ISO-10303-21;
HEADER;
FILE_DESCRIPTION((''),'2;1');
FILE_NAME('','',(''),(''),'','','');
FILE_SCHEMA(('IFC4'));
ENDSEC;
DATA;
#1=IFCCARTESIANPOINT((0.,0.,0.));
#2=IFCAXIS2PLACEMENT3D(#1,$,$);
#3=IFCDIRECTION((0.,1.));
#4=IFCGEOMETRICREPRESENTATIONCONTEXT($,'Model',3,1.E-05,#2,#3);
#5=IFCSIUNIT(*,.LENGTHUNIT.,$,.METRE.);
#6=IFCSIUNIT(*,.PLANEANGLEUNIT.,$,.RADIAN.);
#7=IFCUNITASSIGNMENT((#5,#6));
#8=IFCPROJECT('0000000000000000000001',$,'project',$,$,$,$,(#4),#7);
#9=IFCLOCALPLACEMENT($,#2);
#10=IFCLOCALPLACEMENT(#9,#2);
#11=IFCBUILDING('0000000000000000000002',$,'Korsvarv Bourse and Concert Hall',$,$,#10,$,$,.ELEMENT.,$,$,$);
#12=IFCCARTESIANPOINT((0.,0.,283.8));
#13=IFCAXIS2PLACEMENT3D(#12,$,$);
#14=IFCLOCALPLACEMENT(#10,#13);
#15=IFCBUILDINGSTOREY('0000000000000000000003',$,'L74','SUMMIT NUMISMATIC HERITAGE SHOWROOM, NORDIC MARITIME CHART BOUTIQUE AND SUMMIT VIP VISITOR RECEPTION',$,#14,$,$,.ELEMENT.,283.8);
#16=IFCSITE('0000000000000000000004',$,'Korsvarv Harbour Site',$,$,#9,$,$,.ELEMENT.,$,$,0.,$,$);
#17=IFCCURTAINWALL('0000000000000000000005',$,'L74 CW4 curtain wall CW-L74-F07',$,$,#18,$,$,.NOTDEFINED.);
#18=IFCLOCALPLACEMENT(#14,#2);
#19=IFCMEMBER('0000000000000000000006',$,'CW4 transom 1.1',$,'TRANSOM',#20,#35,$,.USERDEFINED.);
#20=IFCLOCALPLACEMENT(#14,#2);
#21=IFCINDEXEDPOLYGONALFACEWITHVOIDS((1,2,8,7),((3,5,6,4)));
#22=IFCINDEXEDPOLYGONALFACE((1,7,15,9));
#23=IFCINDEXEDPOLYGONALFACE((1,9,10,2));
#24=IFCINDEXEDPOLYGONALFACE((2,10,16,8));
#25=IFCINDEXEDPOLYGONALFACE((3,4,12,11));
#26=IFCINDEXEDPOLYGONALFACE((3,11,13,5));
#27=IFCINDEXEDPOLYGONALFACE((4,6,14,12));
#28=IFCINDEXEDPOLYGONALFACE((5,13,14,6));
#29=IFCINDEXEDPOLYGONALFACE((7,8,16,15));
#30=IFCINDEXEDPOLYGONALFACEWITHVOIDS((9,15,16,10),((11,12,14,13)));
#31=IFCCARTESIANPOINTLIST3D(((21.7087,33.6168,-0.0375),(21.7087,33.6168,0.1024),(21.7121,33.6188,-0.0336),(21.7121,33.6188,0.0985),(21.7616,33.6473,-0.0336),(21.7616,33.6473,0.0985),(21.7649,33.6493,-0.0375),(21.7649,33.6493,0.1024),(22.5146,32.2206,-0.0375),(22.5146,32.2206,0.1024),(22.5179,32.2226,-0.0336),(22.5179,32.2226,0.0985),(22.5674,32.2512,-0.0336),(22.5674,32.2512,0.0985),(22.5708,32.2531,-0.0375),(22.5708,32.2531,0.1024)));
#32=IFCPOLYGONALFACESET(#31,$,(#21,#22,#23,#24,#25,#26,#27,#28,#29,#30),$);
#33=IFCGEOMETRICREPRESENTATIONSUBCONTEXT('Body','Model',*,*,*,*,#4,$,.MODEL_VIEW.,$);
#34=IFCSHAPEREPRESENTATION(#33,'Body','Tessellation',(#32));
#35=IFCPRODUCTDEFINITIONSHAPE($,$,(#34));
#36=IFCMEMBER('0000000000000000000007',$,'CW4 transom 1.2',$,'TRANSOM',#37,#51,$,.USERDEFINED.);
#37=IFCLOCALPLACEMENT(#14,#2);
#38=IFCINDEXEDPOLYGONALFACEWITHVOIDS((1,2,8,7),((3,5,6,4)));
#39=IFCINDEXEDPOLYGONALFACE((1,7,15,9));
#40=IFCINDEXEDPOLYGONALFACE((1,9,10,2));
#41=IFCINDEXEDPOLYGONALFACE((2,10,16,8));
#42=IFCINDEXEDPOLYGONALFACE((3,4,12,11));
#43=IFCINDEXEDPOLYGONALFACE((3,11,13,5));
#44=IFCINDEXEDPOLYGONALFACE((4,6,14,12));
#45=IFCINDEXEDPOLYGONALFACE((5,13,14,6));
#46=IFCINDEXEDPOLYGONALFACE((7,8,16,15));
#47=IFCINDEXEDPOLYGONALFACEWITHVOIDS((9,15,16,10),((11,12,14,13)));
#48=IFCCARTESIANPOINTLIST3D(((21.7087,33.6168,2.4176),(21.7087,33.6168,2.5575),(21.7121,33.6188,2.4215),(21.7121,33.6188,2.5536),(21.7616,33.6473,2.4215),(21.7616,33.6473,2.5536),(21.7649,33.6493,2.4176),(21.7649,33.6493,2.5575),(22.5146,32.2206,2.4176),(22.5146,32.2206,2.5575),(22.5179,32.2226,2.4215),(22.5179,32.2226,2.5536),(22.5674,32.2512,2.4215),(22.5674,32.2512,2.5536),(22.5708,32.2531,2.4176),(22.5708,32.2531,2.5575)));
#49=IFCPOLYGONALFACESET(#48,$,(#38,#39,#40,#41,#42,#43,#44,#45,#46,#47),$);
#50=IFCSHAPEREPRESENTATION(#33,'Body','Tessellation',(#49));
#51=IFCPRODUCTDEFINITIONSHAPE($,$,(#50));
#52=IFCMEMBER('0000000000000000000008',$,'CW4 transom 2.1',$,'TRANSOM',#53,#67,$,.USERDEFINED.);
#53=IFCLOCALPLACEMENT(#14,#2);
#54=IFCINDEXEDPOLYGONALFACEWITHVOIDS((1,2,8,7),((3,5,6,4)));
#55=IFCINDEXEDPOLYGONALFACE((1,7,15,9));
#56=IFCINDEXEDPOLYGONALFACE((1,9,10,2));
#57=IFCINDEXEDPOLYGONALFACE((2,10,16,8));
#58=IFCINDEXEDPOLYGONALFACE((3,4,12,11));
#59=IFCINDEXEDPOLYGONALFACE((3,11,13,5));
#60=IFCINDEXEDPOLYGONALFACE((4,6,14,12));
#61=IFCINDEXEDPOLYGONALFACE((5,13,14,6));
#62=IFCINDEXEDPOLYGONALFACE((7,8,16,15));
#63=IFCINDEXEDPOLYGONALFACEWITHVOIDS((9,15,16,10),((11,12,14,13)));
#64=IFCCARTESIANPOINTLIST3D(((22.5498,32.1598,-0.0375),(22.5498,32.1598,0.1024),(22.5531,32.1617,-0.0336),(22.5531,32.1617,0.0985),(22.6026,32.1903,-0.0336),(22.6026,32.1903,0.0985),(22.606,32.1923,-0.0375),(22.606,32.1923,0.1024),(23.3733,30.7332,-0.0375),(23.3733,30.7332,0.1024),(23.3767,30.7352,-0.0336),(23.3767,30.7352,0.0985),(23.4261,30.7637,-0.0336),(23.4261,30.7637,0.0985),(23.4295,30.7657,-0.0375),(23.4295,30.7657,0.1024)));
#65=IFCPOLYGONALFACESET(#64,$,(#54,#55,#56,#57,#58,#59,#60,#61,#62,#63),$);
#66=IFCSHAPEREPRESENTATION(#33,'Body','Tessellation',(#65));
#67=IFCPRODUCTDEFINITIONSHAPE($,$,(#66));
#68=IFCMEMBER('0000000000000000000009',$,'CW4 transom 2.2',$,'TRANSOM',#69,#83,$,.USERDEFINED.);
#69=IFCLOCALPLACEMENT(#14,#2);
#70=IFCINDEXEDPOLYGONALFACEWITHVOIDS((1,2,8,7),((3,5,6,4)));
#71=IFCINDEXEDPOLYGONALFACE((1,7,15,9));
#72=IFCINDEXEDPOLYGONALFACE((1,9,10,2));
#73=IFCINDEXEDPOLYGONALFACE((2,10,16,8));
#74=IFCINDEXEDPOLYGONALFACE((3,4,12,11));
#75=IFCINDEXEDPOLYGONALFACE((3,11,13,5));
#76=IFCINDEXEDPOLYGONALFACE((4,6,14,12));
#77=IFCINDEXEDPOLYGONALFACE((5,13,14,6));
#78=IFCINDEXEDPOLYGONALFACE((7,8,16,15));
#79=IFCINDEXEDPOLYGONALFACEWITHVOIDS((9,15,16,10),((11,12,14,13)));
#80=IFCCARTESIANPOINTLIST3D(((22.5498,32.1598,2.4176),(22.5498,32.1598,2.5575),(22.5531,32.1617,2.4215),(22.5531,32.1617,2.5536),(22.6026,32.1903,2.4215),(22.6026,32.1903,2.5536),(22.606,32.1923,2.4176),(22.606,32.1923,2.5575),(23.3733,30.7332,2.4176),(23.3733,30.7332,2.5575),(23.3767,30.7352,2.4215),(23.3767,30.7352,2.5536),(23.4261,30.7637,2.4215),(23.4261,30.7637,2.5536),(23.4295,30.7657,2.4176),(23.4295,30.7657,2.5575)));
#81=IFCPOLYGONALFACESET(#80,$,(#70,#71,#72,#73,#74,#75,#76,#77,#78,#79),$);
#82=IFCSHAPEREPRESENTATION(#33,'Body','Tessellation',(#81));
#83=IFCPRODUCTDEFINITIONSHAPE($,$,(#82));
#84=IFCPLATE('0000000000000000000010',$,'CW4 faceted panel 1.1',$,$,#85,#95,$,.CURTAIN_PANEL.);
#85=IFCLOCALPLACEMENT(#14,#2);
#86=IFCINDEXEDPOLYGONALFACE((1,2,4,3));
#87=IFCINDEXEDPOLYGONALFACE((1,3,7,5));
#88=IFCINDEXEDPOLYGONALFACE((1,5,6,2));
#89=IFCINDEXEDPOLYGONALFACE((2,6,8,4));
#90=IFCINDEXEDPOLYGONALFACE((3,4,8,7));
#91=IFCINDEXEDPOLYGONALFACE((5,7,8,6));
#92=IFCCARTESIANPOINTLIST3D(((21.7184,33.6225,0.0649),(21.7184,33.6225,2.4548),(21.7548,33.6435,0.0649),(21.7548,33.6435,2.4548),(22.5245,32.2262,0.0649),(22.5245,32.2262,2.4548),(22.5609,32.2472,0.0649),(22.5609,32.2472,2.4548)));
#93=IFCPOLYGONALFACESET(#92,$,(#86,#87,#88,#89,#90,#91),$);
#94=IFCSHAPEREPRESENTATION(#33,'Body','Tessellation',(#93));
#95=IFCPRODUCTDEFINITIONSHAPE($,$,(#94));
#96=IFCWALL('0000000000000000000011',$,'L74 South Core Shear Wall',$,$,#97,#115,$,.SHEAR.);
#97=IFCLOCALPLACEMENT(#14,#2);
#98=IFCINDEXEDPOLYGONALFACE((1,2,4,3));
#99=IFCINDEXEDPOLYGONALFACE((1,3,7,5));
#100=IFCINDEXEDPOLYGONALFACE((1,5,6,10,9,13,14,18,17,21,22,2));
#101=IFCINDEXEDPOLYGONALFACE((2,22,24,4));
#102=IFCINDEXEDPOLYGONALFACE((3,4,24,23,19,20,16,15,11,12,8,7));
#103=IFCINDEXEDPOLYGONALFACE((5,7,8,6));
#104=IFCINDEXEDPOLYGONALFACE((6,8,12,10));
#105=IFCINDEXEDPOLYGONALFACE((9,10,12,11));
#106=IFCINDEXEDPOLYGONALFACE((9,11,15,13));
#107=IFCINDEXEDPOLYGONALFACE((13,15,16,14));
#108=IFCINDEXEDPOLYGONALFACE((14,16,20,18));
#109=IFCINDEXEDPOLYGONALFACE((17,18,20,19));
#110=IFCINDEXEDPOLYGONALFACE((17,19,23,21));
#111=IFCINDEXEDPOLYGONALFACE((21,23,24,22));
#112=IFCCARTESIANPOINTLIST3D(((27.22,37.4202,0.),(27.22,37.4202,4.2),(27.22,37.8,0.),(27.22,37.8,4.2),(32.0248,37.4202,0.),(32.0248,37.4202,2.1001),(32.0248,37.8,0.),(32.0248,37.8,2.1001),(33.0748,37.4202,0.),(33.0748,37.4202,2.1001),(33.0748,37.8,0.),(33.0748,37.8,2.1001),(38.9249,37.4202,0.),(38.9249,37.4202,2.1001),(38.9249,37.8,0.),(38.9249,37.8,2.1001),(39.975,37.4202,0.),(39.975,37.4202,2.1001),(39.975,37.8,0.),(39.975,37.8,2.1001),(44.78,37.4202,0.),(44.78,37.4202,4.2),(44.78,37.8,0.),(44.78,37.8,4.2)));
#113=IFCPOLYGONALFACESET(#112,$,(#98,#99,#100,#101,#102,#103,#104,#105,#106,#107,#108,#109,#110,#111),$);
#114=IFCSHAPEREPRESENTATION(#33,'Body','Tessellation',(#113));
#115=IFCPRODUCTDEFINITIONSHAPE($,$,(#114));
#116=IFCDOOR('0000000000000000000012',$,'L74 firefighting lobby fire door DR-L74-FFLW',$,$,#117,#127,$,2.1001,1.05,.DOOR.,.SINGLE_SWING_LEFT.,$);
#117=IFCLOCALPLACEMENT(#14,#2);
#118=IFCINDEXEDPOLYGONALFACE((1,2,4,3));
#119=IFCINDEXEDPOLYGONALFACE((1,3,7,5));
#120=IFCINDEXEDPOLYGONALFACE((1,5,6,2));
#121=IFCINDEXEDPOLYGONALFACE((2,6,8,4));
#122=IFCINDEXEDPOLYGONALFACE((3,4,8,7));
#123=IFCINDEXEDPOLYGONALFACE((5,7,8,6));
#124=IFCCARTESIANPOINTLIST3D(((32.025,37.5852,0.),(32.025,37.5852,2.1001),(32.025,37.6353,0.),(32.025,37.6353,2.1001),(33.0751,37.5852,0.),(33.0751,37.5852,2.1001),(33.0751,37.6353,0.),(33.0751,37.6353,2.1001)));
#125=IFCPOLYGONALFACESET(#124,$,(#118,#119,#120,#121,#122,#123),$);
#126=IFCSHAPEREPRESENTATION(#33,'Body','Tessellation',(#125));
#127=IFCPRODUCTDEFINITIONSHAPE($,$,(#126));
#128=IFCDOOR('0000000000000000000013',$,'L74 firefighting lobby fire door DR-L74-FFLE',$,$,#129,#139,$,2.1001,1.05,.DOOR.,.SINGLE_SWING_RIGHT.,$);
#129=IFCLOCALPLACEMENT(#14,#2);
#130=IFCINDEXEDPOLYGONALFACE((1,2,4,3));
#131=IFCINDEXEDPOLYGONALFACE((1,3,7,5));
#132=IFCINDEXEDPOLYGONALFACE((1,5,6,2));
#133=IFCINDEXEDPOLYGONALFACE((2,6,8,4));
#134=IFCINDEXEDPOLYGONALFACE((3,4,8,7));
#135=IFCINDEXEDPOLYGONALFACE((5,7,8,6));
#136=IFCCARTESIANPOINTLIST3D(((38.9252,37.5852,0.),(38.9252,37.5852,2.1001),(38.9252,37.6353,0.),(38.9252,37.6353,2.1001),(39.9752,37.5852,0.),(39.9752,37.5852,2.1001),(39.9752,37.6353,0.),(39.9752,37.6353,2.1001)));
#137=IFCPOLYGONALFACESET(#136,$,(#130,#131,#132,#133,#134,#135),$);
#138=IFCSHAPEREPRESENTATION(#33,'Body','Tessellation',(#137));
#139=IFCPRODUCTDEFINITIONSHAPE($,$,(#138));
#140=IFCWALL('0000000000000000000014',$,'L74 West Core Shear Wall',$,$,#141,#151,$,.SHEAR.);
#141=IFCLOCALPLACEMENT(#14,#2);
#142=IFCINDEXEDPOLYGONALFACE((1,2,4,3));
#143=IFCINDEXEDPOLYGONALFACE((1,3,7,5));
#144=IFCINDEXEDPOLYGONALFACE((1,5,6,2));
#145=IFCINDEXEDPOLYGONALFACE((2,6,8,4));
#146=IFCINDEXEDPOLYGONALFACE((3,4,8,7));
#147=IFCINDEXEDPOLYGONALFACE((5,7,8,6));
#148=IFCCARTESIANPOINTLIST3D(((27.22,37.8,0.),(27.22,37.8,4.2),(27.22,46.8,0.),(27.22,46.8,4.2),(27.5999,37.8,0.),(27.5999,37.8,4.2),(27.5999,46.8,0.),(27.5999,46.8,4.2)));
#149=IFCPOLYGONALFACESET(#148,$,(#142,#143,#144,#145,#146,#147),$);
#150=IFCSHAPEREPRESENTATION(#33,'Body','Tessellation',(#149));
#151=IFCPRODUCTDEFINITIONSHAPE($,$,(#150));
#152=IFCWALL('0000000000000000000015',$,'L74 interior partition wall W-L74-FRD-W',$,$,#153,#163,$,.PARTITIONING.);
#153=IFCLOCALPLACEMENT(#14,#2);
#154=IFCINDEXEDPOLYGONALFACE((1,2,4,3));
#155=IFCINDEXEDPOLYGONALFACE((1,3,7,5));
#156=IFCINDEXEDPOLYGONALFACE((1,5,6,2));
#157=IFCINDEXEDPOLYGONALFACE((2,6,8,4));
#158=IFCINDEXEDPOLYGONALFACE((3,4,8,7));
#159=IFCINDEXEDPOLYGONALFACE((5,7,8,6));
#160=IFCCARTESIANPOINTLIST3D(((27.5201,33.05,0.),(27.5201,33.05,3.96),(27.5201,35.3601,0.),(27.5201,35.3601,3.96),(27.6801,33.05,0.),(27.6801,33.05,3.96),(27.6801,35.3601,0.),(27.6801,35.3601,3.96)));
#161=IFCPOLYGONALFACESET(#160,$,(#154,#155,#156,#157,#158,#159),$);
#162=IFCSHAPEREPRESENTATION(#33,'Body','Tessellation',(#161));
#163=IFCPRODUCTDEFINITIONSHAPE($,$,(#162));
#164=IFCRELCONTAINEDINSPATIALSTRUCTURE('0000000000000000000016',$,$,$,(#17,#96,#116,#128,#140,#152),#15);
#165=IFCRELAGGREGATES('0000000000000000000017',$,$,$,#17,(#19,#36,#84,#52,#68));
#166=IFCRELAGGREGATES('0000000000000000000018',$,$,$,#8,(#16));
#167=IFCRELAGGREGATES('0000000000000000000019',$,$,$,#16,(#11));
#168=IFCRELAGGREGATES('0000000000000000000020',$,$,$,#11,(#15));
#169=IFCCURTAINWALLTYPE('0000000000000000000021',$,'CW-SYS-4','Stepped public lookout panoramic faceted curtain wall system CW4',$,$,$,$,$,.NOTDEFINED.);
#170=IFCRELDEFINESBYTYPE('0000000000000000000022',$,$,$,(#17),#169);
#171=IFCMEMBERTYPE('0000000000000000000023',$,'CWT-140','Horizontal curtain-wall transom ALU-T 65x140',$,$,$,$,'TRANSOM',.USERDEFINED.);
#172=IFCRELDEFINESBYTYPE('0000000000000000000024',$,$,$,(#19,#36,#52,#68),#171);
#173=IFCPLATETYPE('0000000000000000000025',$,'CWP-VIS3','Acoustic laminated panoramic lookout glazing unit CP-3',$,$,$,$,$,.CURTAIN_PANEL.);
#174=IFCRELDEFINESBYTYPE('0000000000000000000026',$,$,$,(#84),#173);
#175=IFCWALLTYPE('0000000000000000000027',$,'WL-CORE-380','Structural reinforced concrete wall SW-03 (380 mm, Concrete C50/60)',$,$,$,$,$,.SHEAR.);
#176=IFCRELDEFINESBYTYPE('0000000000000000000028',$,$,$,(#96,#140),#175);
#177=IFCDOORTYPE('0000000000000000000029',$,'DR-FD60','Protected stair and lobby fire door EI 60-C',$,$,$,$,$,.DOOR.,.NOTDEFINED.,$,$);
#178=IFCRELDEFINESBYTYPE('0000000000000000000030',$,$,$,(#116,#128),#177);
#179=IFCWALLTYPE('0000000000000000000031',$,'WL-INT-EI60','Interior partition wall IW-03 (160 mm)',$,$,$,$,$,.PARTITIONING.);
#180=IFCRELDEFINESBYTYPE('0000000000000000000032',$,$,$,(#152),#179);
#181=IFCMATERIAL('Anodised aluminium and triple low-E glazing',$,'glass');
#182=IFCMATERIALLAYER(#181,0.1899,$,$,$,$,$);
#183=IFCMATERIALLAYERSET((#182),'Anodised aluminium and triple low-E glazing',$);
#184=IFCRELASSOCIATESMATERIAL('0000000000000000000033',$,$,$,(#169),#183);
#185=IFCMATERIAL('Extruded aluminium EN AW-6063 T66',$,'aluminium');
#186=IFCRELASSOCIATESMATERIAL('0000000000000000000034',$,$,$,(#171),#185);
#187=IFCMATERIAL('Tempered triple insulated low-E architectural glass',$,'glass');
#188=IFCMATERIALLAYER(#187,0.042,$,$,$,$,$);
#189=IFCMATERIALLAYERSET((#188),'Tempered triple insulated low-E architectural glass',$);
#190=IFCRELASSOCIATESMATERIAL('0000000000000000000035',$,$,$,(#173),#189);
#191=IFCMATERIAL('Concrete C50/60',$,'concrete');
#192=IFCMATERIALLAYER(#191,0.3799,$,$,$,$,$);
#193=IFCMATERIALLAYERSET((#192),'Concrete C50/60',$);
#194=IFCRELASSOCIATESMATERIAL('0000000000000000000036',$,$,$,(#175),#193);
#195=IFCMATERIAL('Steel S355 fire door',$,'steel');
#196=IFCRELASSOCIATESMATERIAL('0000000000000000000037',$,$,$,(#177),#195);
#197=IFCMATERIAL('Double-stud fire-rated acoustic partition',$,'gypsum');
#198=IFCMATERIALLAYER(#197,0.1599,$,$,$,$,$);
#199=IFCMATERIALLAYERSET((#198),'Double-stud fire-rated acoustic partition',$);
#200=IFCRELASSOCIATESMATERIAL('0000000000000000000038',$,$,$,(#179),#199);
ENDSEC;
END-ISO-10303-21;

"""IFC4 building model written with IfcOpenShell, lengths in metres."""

from ifc_helpers import new_model, si_unit, direction, frame, frame_2d, origin, origin_2d, place, context, subcontext, project, spatial, rectangle, hollow_rectangle, extrude, source, transform, mapped, material, layer, layer_set, material_profile, profile_set, type_object, element, fill, aggregate, save


model = new_model("IFC4")

# Units and contexts
model_context = context("Model", 3, precision=1e-05, world=origin(), true_north=direction((0.0, 1.0)))
body_context = subcontext(model_context, "Body", "Model", "MODEL_VIEW")
ifc_project = project(units=[si_unit("LENGTHUNIT", "METRE"), si_unit("PLANEANGLEUNIT", "RADIAN")], contexts=[model_context])

# Site, building, storey
site_placement = place(None, origin())
site = spatial("IfcSite", under=ifc_project, at=site_placement, Name="Korsvarv Harbour Site", CompositionType="ELEMENT", RefElevation=0.0)
building_placement = place(site_placement, origin())
building = spatial("IfcBuilding", under=site, at=building_placement, Name="Korsvarv Bourse and Concert Hall", CompositionType="ELEMENT")
storey_placement = place(building_placement, frame((0.0, 0.0, 283.8)))
storey = spatial("IfcBuildingStorey", under=building, at=storey_placement, Name="L74", Description="SUMMIT NUMISMATIC HERITAGE SHOWROOM, NORDIC MARITIME CHART BOUTIQUE AND SUMMIT VIP VISITOR RECEPTION", CompositionType="ELEMENT", Elevation=283.8)

# Shared definitions
ifc_material_1 = material(Name="Concrete C50/60", Category="concrete")

# Curtain wall, members, plate
ifc_material_2 = material(Name="Anodised aluminium and triple low-E glazing", Category="glass")
ifc_layer_1 = layer(ifc_material_2, 0.1899)
ifc_layer_set_1 = layer_set([ifc_layer_1], Name="Anodised aluminium and triple low-E glazing")
curtain_wall_type = type_object("IfcCurtainWallType", Name="CW-SYS-4", Description="Stepped public lookout panoramic faceted curtain wall system CW4", PredefinedType="NOTDEFINED", material=ifc_layer_set_1)
curtain_wall_placement = place(storey_placement, origin())
curtain_wall = element("IfcCurtainWall", 1, at=curtain_wall_placement, inside=storey, type_object=curtain_wall_type, Name="L74 CW4 curtain wall CW-L74-F07", PredefinedType="NOTDEFINED")
ifc_material_3 = material(Name="Extruded aluminium EN AW-6063 T66", Category="aluminium")
ifc_material_profile_1 = material_profile(ifc_material_3, hollow_rectangle(XDim=0.0649, YDim=0.1399, WallThickness=0.0039, at=origin_2d()), Name="ALU-T 65x140")
ifc_profile_set_1 = profile_set([ifc_material_profile_1], Name="Extruded aluminium EN AW-6063 T66")
member_type_1 = type_object("IfcMemberType", Name="CWT-140", Description="Horizontal curtain-wall transom ALU-T 65x140", ElementType="TRANSOM", PredefinedType="USERDEFINED", material=ifc_profile_set_1)
shared_shape_1 = source(origin(), body_context, "Body", "SweptSolid", [
    extrude(hollow_rectangle(XDim=0.0649, YDim=0.1399, WallThickness=0.0039, at=origin_2d()), origin(), (0.0, 0.0, 1.0), 1.6121),
])
member_1_placement = place(storey_placement, frame((21.7368, 33.6331, 0.0325), z_axis=(0.499902, -0.866082, 0.0), x_axis=(0.866082, 0.499902, 0.0)))
member_1 = element("IfcMember", 2, at=member_1_placement, type_object=member_type_1, Name="CW4 transom 1.1", ObjectType="TRANSOM", PredefinedType="USERDEFINED", context=body_context, shape_type="MappedRepresentation", body=[
    mapped(shared_shape_1, transform((0.0, 0.0, 0.0), scale=1.0)),
])
member_2_placement = place(storey_placement, frame((21.7368, 33.6331, 2.4875), z_axis=(0.499902, -0.866082, 0.0), x_axis=(0.866082, 0.499902, 0.0)))
member_2 = element("IfcMember", 3, at=member_2_placement, type_object=member_type_1, Name="CW4 transom 1.2", ObjectType="TRANSOM", PredefinedType="USERDEFINED", context=body_context, shape_type="MappedRepresentation", body=[
    mapped(shared_shape_1, transform((0.0, 0.0, 0.0), scale=1.0)),
])
shared_shape_2 = source(origin(), body_context, "Body", "SweptSolid", [
    extrude(hollow_rectangle(XDim=0.0649, YDim=0.1399, WallThickness=0.0039, at=origin_2d()), origin(), (0.0, 0.0, 1.0), 1.6472),
])
member_3_placement = place(storey_placement, frame((22.5779, 32.176, 0.0325), z_axis=(0.499949, -0.866055, 0.0), x_axis=(0.866055, 0.499949, 0.0)))
member_3 = element("IfcMember", 4, at=member_3_placement, type_object=member_type_1, Name="CW4 transom 2.1", ObjectType="TRANSOM", PredefinedType="USERDEFINED", context=body_context, shape_type="MappedRepresentation", body=[
    mapped(shared_shape_2, transform((0.0, 0.0, 0.0), scale=1.0)),
])
member_4_placement = place(storey_placement, frame((22.5779, 32.176, 2.4875), z_axis=(0.499949, -0.866055, 0.0), x_axis=(0.866055, 0.499949, 0.0)))
member_4 = element("IfcMember", 5, at=member_4_placement, type_object=member_type_1, Name="CW4 transom 2.2", ObjectType="TRANSOM", PredefinedType="USERDEFINED", context=body_context, shape_type="MappedRepresentation", body=[
    mapped(shared_shape_2, transform((0.0, 0.0, 0.0), scale=1.0)),
])
ifc_material_4 = material(Name="Tempered triple insulated low-E architectural glass", Category="glass")
ifc_layer_2 = layer(ifc_material_4, 0.042)
ifc_layer_set_2 = layer_set([ifc_layer_2], Name="Tempered triple insulated low-E architectural glass")
plate_type = type_object("IfcPlateType", Name="CWP-VIS3", Description="Acoustic laminated panoramic lookout glazing unit CP-3", PredefinedType="CURTAIN_PANEL", material=ifc_layer_set_2)
shared_shape_3 = source(origin(), body_context, "Body", "SweptSolid", [
    extrude(rectangle(XDim=1.6123, YDim=0.042, at=origin_2d()), origin(), (0.0, 0.0, 1.0), 2.3899),
])
plate_placement = place(storey_placement, frame((22.1396, 32.9348, 0.0649), z_axis=(0.0, 0.0, 1.0), x_axis=(0.499996, -0.866028, 0.0)))
plate = element("IfcPlate", 6, at=plate_placement, type_object=plate_type, Name="CW4 faceted panel 1.1", PredefinedType="CURTAIN_PANEL", context=body_context, shape_type="MappedRepresentation", body=[
    mapped(shared_shape_3, transform((0.0, 0.0, 0.0), scale=1.0)),
])
aggregate(curtain_wall, [member_1, member_2, plate, member_3, member_4])

# Wall, openings, doors
ifc_layer_3 = layer(ifc_material_1, 0.3799)
ifc_layer_set_3 = layer_set([ifc_layer_3], Name="Concrete C50/60")
wall_type_1 = type_object("IfcWallType", Name="WL-CORE-380", Description="Structural reinforced concrete wall SW-03 (380 mm, Concrete C50/60)", PredefinedType="SHEAR", material=ifc_layer_set_3)
wall_1_placement = place(storey_placement, frame((27.22, 37.6101, 0.0), z_axis=(0.0, 0.0, 1.0), x_axis=(1.0, 0.0, 0.0)))
wall_1 = element("IfcWall", 7, at=wall_1_placement, inside=storey, type_object=wall_type_1, Name="L74 South Core Shear Wall", PredefinedType="SHEAR", context=body_context, shape_type="SweptSolid", body=[
    extrude(rectangle(XDim=17.5601, YDim=0.3799, at=frame_2d((8.78, 0.0))), origin(), (0.0, 0.0, 1.0), 4.2),
])
opening_1_placement = place(wall_1_placement, frame((4.8049, 0.0, 0.0)))
opening_1 = element("IfcOpeningElement", 8, at=opening_1_placement, cuts=wall_1, PredefinedType="OPENING", context=body_context, shape_type="SweptSolid", body=[
    extrude(rectangle(XDim=1.05, YDim=2.1001, at=frame_2d((0.5249, 1.05))), frame((0.0, 0.2, 0.0), z_axis=(0.0, -1.0, 0.0), x_axis=(1.0, 0.0, 0.0)), (0.0, 0.0, 1.0), 0.3999),
])
opening_2_placement = place(wall_1_placement, frame((11.7051, 0.0, 0.0)))
opening_2 = element("IfcOpeningElement", 9, at=opening_2_placement, cuts=wall_1, PredefinedType="OPENING", context=body_context, shape_type="SweptSolid", body=[
    extrude(rectangle(XDim=1.05, YDim=2.1001, at=frame_2d((0.5249, 1.05))), frame((0.0, 0.2, 0.0), z_axis=(0.0, -1.0, 0.0), x_axis=(1.0, 0.0, 0.0)), (0.0, 0.0, 1.0), 0.3999),
])
ifc_material_5 = material(Name="Steel S355 fire door", Category="steel")
door_type = type_object("IfcDoorType", Name="DR-FD60", Description="Protected stair and lobby fire door EI 60-C", OperationType="NOTDEFINED", PredefinedType="DOOR", material=ifc_material_5)
door_1_placement = place(opening_1_placement, frame((1.05, 0.0, 0.0), z_axis=(0.0, 0.0, 1.0), x_axis=(-1.0, 0.0, 0.0)))
door_1 = element("IfcDoor", 10, at=door_1_placement, inside=storey, type_object=door_type, Name="L74 firefighting lobby fire door DR-L74-FFLW", OperationType="SINGLE_SWING_LEFT", OverallHeight=2.1001, OverallWidth=1.05, PredefinedType="DOOR", context=body_context, shape_type="SweptSolid", body=[
    extrude(rectangle(XDim=1.05, YDim=2.1001, at=frame_2d((0.5249, 1.05))), frame((0.0, 0.0249, 0.0), z_axis=(0.0, -1.0, 0.0), x_axis=(1.0, 0.0, 0.0)), (0.0, 0.0, 1.0), 0.05),
])
fill(opening_1, door_1)
door_2_placement = place(opening_2_placement, frame((1.05, 0.0, 0.0), z_axis=(0.0, 0.0, 1.0), x_axis=(-1.0, 0.0, 0.0)))
door_2 = element("IfcDoor", 11, at=door_2_placement, inside=storey, type_object=door_type, Name="L74 firefighting lobby fire door DR-L74-FFLE", OperationType="SINGLE_SWING_RIGHT", OverallHeight=2.1001, OverallWidth=1.05, PredefinedType="DOOR", context=body_context, shape_type="SweptSolid", body=[
    extrude(rectangle(XDim=1.05, YDim=2.1001, at=frame_2d((0.5249, 1.05))), frame((0.0, 0.0249, 0.0), z_axis=(0.0, -1.0, 0.0), x_axis=(1.0, 0.0, 0.0)), (0.0, 0.0, 1.0), 0.05),
])
fill(opening_2, door_2)

# Walls
wall_2_placement = place(storey_placement, frame((27.4099, 37.8, 0.0), z_axis=(0.0, 0.0, 1.0), x_axis=(0.0, 1.0, 0.0)))
element("IfcWall", 12, at=wall_2_placement, inside=storey, type_object=wall_type_1, Name="L74 West Core Shear Wall", PredefinedType="SHEAR", context=body_context, shape_type="SweptSolid", body=[
    extrude(rectangle(XDim=9.0, YDim=0.3799, at=frame_2d((4.5, 0.0))), origin(), (0.0, 0.0, 1.0), 4.2),
])
ifc_material_6 = material(Name="Double-stud fire-rated acoustic partition", Category="gypsum")
ifc_layer_4 = layer(ifc_material_6, 0.1599)
ifc_layer_set_4 = layer_set([ifc_layer_4], Name="Double-stud fire-rated acoustic partition")
wall_type_2 = type_object("IfcWallType", Name="WL-INT-EI60", Description="Interior partition wall IW-03 (160 mm)", PredefinedType="PARTITIONING", material=ifc_layer_set_4)
wall_3_placement = place(storey_placement, frame((27.6001, 33.05, 0.0), z_axis=(0.0, 0.0, 1.0), x_axis=(0.0, 1.0, 0.0)))
element("IfcWall", 13, at=wall_3_placement, inside=storey, type_object=wall_type_2, Name="L74 interior partition wall W-L74-FRD-W", PredefinedType="PARTITIONING", context=body_context, shape_type="SweptSolid", body=[
    extrude(rectangle(XDim=2.3101, YDim=0.1599, at=frame_2d((1.155, 0.0))), origin(), (0.0, 0.0, 1.0), 3.96),
])

save(model, "model.ifc")
